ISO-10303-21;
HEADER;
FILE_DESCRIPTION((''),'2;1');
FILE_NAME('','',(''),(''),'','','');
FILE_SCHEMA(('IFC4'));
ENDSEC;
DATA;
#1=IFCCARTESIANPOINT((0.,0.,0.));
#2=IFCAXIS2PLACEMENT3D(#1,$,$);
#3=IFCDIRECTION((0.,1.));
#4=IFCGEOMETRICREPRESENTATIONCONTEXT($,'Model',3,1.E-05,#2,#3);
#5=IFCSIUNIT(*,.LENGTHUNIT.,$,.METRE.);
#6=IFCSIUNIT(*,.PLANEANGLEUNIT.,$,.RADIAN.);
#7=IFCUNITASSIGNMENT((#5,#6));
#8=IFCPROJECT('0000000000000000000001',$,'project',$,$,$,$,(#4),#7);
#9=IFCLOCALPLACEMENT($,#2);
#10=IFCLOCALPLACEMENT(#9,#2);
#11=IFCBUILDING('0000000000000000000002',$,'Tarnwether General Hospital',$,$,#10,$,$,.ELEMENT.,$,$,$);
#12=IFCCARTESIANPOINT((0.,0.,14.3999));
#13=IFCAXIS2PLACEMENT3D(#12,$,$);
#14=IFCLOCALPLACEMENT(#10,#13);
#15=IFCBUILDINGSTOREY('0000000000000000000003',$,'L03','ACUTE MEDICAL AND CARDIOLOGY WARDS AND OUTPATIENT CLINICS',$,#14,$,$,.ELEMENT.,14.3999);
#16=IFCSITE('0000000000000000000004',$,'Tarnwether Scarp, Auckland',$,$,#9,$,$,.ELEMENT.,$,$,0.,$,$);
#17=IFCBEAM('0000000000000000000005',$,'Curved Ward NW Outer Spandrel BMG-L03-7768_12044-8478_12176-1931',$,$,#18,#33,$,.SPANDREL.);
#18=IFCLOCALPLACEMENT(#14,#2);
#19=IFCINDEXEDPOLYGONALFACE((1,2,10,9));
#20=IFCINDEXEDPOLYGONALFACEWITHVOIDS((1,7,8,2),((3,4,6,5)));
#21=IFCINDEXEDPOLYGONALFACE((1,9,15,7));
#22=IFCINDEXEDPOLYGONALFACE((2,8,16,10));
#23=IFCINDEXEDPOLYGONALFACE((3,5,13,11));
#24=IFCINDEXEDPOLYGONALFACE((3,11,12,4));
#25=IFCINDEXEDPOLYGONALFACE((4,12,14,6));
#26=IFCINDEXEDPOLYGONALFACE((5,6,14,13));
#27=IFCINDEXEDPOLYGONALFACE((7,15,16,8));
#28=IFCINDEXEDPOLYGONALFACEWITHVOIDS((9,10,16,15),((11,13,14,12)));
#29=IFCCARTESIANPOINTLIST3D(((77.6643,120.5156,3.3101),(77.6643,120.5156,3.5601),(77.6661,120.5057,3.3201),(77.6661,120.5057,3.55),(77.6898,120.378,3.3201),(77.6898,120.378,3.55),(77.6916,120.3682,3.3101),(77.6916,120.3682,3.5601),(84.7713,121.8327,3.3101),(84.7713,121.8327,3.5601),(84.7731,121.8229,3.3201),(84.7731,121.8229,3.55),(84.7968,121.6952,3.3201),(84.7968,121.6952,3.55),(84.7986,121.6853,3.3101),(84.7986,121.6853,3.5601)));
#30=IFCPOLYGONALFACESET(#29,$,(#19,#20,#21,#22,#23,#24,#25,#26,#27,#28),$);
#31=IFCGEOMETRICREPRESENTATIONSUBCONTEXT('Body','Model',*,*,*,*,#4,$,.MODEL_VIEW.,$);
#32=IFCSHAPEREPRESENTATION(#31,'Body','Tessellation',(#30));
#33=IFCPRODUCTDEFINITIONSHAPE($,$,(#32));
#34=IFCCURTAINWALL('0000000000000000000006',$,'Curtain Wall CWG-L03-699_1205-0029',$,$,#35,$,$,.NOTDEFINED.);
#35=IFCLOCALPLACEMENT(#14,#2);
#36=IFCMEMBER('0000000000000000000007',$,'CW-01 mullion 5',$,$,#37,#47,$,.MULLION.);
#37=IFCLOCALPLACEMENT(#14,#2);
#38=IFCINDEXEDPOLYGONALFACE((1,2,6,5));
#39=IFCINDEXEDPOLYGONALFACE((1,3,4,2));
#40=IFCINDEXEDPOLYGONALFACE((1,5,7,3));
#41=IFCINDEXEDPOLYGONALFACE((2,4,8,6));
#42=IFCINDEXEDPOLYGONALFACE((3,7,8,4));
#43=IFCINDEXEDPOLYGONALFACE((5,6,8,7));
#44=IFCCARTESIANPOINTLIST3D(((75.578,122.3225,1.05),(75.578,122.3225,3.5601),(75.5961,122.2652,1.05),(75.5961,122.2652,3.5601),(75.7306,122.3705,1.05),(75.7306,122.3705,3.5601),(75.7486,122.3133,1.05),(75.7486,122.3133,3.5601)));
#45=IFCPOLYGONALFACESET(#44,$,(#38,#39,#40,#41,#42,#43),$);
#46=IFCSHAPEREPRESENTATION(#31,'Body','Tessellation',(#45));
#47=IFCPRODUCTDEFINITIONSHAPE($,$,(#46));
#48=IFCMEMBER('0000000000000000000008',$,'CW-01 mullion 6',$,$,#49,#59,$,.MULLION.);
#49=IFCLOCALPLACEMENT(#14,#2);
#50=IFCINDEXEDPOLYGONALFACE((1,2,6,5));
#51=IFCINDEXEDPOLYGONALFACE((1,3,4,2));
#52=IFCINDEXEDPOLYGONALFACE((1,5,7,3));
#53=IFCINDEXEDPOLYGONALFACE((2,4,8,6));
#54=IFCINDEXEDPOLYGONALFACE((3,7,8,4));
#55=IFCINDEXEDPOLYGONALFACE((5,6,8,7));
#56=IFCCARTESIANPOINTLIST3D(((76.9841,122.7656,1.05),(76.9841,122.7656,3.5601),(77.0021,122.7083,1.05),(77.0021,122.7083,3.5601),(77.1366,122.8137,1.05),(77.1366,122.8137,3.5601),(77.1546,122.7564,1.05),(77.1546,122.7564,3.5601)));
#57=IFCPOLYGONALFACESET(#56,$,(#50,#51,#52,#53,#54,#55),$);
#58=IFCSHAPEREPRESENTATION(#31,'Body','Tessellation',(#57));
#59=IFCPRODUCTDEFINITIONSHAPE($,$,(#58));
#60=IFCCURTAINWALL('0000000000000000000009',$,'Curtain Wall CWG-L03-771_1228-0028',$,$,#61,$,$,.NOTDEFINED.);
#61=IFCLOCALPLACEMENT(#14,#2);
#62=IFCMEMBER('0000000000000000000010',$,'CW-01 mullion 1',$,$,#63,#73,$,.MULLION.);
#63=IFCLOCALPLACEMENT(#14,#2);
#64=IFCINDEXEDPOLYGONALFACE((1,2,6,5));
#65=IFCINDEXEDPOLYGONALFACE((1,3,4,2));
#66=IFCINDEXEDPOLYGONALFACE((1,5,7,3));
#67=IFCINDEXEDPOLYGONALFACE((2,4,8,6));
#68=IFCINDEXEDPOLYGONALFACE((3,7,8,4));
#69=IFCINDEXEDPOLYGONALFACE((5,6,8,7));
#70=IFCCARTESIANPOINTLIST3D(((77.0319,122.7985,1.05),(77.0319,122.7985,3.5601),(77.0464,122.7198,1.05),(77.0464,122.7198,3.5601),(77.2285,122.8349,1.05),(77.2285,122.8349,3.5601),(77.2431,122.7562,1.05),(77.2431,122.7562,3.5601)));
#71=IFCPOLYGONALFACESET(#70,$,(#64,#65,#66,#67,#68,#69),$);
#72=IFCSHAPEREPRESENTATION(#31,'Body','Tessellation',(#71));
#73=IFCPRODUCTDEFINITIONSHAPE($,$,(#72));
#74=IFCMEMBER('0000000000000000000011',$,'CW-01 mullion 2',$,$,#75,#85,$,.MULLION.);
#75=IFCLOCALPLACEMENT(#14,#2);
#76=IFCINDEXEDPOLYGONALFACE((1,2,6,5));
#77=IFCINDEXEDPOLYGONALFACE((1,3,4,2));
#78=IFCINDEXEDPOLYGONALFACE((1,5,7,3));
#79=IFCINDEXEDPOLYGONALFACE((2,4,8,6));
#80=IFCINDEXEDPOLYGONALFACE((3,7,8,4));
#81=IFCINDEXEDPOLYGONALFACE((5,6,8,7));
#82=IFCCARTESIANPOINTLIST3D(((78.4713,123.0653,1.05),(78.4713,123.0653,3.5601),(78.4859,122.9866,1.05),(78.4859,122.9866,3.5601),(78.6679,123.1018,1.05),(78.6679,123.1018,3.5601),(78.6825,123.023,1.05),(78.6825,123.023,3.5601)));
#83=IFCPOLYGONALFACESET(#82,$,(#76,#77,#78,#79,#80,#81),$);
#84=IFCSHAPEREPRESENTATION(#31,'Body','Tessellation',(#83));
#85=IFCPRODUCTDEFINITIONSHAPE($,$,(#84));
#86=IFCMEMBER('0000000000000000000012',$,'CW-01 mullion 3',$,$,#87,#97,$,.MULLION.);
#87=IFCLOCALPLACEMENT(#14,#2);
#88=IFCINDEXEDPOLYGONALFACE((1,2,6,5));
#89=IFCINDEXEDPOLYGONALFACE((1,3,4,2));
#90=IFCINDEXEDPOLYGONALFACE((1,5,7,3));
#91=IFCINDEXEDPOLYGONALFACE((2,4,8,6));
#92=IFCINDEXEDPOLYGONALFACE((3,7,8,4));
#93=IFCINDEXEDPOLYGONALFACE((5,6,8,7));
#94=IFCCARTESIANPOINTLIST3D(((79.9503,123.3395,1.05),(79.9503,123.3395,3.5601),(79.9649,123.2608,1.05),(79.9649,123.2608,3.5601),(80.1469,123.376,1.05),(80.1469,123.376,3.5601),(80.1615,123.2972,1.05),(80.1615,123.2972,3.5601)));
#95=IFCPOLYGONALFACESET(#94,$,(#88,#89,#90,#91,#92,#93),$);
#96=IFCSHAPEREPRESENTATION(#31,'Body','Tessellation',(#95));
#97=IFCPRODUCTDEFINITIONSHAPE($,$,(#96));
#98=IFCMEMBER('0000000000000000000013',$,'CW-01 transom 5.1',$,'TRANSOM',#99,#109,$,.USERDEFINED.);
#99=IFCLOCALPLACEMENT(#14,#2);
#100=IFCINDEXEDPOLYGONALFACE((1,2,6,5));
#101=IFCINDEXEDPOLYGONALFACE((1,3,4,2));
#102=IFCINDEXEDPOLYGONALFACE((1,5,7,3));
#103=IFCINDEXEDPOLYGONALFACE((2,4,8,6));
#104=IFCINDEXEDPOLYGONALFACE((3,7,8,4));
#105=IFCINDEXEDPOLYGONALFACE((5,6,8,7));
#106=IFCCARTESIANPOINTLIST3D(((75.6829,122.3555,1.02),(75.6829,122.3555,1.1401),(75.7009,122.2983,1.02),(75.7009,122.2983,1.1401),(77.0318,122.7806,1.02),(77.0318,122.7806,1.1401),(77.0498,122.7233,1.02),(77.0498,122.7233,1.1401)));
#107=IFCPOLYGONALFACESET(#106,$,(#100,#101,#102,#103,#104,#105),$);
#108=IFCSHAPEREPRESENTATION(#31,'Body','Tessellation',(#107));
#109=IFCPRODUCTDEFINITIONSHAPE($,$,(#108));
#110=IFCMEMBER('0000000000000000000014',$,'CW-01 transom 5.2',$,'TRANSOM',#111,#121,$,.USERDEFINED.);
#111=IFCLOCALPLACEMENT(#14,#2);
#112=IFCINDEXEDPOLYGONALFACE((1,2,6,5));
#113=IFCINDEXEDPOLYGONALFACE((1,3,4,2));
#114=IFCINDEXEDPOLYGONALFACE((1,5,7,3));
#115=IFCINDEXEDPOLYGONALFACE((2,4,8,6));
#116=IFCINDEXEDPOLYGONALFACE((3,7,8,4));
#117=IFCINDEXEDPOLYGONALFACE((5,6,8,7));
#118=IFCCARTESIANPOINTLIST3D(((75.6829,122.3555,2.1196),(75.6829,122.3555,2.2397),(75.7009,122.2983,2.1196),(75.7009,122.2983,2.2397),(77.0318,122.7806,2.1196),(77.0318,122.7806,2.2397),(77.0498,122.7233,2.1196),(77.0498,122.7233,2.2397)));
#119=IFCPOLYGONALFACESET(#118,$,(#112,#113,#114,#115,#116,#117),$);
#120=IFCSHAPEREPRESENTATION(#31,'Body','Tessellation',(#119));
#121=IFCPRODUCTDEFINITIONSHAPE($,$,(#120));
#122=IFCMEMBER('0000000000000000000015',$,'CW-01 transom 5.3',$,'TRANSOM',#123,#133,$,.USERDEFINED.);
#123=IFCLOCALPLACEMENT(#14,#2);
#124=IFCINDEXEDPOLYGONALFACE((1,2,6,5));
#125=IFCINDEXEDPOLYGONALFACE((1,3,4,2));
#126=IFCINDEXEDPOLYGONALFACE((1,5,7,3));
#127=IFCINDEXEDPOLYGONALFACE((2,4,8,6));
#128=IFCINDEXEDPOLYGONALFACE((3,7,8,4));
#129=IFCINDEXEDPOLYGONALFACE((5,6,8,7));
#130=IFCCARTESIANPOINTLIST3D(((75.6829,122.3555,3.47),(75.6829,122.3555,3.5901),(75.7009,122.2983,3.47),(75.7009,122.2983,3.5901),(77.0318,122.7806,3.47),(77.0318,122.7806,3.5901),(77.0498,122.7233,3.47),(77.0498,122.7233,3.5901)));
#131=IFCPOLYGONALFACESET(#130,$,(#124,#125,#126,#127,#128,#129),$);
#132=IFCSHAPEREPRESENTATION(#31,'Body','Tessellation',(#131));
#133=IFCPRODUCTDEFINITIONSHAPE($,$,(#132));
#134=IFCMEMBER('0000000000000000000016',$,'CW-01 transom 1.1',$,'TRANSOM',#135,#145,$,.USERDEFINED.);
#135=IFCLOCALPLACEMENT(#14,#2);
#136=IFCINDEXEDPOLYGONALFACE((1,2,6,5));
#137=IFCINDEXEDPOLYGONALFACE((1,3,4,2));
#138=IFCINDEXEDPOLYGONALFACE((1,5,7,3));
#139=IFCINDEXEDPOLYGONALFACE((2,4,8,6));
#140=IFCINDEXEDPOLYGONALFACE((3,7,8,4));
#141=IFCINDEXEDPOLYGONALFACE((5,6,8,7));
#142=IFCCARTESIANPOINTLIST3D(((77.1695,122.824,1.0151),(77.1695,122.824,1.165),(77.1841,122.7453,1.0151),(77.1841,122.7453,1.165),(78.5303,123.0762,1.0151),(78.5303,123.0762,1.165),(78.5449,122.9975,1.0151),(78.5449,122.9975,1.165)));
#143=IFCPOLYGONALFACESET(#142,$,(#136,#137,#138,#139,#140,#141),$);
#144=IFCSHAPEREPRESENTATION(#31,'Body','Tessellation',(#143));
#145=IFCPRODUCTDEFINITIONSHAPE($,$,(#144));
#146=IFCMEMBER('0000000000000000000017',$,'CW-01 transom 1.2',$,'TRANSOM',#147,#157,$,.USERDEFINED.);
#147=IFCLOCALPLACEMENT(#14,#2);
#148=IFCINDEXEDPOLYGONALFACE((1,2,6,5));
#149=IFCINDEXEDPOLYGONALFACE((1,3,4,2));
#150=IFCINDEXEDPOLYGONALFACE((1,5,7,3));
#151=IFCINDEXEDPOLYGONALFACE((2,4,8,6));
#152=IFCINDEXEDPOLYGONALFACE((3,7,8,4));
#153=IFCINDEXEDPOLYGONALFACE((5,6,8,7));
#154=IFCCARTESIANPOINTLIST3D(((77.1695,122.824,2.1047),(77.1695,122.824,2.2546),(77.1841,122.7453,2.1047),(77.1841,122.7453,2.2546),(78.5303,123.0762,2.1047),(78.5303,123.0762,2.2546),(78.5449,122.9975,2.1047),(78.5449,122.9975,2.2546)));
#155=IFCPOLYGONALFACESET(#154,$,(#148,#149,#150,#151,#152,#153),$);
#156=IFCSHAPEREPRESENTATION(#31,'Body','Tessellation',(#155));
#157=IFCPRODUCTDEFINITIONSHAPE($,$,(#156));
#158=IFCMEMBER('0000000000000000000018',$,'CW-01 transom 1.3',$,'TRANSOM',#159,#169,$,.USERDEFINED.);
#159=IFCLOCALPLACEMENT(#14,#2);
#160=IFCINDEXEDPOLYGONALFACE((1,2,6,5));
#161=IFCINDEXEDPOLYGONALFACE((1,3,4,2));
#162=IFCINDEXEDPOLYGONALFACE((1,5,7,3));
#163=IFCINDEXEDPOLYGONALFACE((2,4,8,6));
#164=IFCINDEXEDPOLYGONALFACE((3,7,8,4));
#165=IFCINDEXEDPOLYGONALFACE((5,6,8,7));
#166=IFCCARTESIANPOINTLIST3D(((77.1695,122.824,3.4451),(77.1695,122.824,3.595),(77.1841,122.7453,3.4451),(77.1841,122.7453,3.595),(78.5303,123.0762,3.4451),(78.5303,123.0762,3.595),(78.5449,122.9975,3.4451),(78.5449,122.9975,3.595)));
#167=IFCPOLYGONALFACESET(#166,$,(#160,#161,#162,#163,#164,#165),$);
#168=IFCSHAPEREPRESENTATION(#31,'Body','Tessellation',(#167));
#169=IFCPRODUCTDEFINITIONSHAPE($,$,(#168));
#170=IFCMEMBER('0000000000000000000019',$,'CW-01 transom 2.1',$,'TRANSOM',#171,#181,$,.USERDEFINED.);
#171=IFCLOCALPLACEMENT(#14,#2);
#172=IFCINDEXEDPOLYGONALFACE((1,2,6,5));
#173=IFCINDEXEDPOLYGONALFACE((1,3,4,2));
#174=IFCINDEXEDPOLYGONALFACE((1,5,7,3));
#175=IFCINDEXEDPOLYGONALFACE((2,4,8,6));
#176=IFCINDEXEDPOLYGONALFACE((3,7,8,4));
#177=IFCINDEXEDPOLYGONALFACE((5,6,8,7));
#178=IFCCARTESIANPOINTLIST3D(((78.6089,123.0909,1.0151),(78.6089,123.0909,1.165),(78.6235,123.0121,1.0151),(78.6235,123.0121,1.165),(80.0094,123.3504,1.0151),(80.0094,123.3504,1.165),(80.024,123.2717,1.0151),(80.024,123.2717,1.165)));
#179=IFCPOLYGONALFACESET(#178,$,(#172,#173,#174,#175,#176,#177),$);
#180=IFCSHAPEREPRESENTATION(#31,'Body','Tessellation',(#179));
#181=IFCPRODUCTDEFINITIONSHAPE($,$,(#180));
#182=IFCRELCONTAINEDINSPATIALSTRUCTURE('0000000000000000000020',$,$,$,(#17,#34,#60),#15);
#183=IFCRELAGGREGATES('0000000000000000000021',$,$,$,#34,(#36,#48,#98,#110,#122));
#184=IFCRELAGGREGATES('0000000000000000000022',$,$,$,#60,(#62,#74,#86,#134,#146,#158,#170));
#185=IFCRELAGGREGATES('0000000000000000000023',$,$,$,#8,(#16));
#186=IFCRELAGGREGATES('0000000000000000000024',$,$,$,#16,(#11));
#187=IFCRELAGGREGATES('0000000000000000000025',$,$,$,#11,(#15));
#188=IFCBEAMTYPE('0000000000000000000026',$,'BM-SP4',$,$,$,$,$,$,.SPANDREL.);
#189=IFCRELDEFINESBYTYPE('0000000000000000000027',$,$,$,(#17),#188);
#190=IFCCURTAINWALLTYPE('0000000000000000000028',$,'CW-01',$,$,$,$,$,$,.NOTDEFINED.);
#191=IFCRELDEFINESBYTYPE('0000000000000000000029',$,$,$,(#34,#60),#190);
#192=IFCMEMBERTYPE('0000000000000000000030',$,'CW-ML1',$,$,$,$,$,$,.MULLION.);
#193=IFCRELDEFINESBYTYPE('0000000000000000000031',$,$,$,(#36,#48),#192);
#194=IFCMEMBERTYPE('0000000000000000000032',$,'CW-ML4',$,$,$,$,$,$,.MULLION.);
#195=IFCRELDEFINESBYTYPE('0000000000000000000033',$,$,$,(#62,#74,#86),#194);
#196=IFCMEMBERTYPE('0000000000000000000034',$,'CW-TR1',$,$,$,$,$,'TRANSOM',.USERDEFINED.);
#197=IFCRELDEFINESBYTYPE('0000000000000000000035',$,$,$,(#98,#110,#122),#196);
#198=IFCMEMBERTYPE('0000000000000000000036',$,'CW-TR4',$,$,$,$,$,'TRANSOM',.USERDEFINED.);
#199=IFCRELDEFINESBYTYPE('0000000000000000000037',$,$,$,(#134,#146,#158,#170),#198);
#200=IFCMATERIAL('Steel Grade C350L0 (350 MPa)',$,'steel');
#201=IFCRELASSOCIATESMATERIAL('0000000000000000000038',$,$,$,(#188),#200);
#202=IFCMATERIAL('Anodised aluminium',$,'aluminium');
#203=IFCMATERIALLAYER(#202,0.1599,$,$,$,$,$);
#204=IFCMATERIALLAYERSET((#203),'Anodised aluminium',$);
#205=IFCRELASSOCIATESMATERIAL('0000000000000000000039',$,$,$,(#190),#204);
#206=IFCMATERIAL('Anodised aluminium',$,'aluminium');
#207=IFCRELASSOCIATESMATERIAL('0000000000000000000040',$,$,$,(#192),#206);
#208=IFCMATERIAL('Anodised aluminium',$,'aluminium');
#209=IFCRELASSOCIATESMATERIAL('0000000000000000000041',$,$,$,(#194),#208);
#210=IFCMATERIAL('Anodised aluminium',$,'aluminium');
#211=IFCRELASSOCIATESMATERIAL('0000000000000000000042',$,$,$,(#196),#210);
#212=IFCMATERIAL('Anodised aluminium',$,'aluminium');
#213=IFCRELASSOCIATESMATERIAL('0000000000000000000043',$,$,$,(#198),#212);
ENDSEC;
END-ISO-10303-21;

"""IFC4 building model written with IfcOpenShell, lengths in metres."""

from ifc_helpers import new_model, si_unit, direction, frame, origin, origin_2d, place, context, subcontext, project, spatial, rectangle, hollow_rectangle, extrude, material, layer, layer_set, material_profile, profile_set, type_object, element, aggregate, save


model = new_model("IFC4")

# Units and contexts
model_context = context("Model", 3, precision=1e-05, world=origin(), true_north=direction((0.0, 1.0)))
body_context = subcontext(model_context, "Body", "Model", "MODEL_VIEW")
ifc_project = project(units=[si_unit("LENGTHUNIT", "METRE"), si_unit("PLANEANGLEUNIT", "RADIAN")], contexts=[model_context])

# Site, building, storey
site_placement = place(None, origin())
site = spatial("IfcSite", under=ifc_project, at=site_placement, Name="Tarnwether Scarp, Auckland", CompositionType="ELEMENT", RefElevation=0.0)
building_placement = place(site_placement, origin())
building = spatial("IfcBuilding", under=site, at=building_placement, Name="Tarnwether General Hospital", CompositionType="ELEMENT")
storey_placement = place(building_placement, frame((0.0, 0.0, 14.3999)))
storey = spatial("IfcBuildingStorey", under=building, at=storey_placement, Name="L03", Description="ACUTE MEDICAL AND CARDIOLOGY WARDS AND OUTPATIENT CLINICS", CompositionType="ELEMENT", Elevation=14.3999)

# Beam
ifc_material_1 = material(Name="Steel Grade C350L0 (350 MPa)", Category="steel")
ifc_material_profile_1 = material_profile(ifc_material_1, hollow_rectangle(XDim=0.1499, YDim=0.25, WallThickness=0.01, at=origin_2d()), Name="RHS250x150x10")
ifc_profile_set_1 = profile_set([ifc_material_profile_1], Name="Steel Grade C350L0 (350 MPa)")
beam_type = type_object("IfcBeamType", Name="BM-SP4", PredefinedType="SPANDREL", material=ifc_profile_set_1)
beam_placement = place(storey_placement, frame((77.678, 120.4419, 3.4351), z_axis=(0.983256, 0.182228, 0.0), x_axis=(-0.182228, 0.983256, 0.0)))
element("IfcBeam", 1, at=beam_placement, inside=storey, type_object=beam_type, Name="Curved Ward NW Outer Spandrel BMG-L03-7768_12044-8478_12176-1931", PredefinedType="SPANDREL", context=body_context, shape_type="SweptSolid", body=[
    extrude(hollow_rectangle(XDim=0.1499, YDim=0.25, WallThickness=0.01, at=origin_2d()), origin(), (0.0, 0.0, 1.0), 7.228),
])

# Curtain walls, members
ifc_material_2 = material(Name="Anodised aluminium", Category="aluminium")
ifc_layer_1 = layer(ifc_material_2, 0.1599)
ifc_layer_set_1 = layer_set([ifc_layer_1], Name="Anodised aluminium")
curtain_wall_type = type_object("IfcCurtainWallType", Name="CW-01", PredefinedType="NOTDEFINED", material=ifc_layer_set_1)
curtain_wall_1_placement = place(storey_placement, origin())
curtain_wall_1 = element("IfcCurtainWall", 2, at=curtain_wall_1_placement, inside=storey, type_object=curtain_wall_type, Name="Curtain Wall CWG-L03-699_1205-0029", PredefinedType="NOTDEFINED")
ifc_material_3 = material(Name="Anodised aluminium", Category="aluminium")
ifc_material_profile_2 = material_profile(ifc_material_3, rectangle(XDim=0.0601, YDim=0.1599, at=origin_2d()), Name="ALU-MUL-60x160")
ifc_profile_set_2 = profile_set([ifc_material_profile_2], Name="Anodised aluminium")
member_type_1 = type_object("IfcMemberType", Name="CW-ML1", PredefinedType="MULLION", material=ifc_profile_set_2)
member_1_placement = place(storey_placement, frame((75.6633, 122.3179, 1.05), z_axis=(0.0, 0.0, 1.0), x_axis=(-0.300629, 0.953741, 0.0)))
member_1 = element("IfcMember", 3, at=member_1_placement, type_object=member_type_1, Name="CW-01 mullion 5", PredefinedType="MULLION", context=body_context, shape_type="SweptSolid", body=[
    extrude(rectangle(XDim=0.0601, YDim=0.1599, at=origin_2d()), origin(), (0.0, 0.0, 1.0), 2.51),
])
member_2_placement = place(storey_placement, frame((77.0693, 122.761, 1.05), z_axis=(0.0, 0.0, 1.0), x_axis=(-0.300629, 0.953741, 0.0)))
member_2 = element("IfcMember", 4, at=member_2_placement, type_object=member_type_1, Name="CW-01 mullion 6", PredefinedType="MULLION", context=body_context, shape_type="SweptSolid", body=[
    extrude(rectangle(XDim=0.0601, YDim=0.1599, at=origin_2d()), origin(), (0.0, 0.0, 1.0), 2.51),
])
curtain_wall_2_placement = place(storey_placement, origin())
curtain_wall_2 = element("IfcCurtainWall", 5, at=curtain_wall_2_placement, inside=storey, type_object=curtain_wall_type, Name="Curtain Wall CWG-L03-771_1228-0028", PredefinedType="NOTDEFINED")
ifc_material_4 = material(Name="Anodised aluminium", Category="aluminium")
ifc_material_profile_3 = material_profile(ifc_material_4, rectangle(XDim=0.0801, YDim=0.2, at=origin_2d()), Name="ALU-MUL-80x200")
ifc_profile_set_3 = profile_set([ifc_material_profile_3], Name="Anodised aluminium")
member_type_2 = type_object("IfcMemberType", Name="CW-ML4", PredefinedType="MULLION", material=ifc_profile_set_3)
member_3_placement = place(storey_placement, frame((77.1375, 122.7773, 1.05), z_axis=(0.0, 0.0, 1.0), x_axis=(-0.182289, 0.983245, 0.0)))
member_3 = element("IfcMember", 6, at=member_3_placement, type_object=member_type_2, Name="CW-01 mullion 1", PredefinedType="MULLION", context=body_context, shape_type="SweptSolid", body=[
    extrude(rectangle(XDim=0.0801, YDim=0.2, at=origin_2d()), origin(), (0.0, 0.0, 1.0), 2.51),
])
member_4_placement = place(storey_placement, frame((78.5769, 123.0442, 1.05), z_axis=(0.0, 0.0, 1.0), x_axis=(-0.182289, 0.983245, 0.0)))
member_4 = element("IfcMember", 7, at=member_4_placement, type_object=member_type_2, Name="CW-01 mullion 2", PredefinedType="MULLION", context=body_context, shape_type="SweptSolid", body=[
    extrude(rectangle(XDim=0.0801, YDim=0.2, at=origin_2d()), origin(), (0.0, 0.0, 1.0), 2.51),
])
member_5_placement = place(storey_placement, frame((80.0559, 123.3184, 1.05), z_axis=(0.0, 0.0, 1.0), x_axis=(-0.182289, 0.983245, 0.0)))
member_5 = element("IfcMember", 8, at=member_5_placement, type_object=member_type_2, Name="CW-01 mullion 3", PredefinedType="MULLION", context=body_context, shape_type="SweptSolid", body=[
    extrude(rectangle(XDim=0.0801, YDim=0.2, at=origin_2d()), origin(), (0.0, 0.0, 1.0), 2.51),
])

# Members
ifc_material_5 = material(Name="Anodised aluminium", Category="aluminium")
ifc_material_profile_4 = material_profile(ifc_material_5, rectangle(XDim=0.0601, YDim=0.1201, at=origin_2d()), Name="ALU-TRN-60x120")
ifc_profile_set_4 = profile_set([ifc_material_profile_4], Name="Anodised aluminium")
member_type_3 = type_object("IfcMemberType", Name="CW-TR1", ElementType="TRANSOM", PredefinedType="USERDEFINED", material=ifc_profile_set_4)
member_6_placement = place(storey_placement, frame((75.6919, 122.3269, 1.0801), z_axis=(0.953768, 0.300545, 0.0), x_axis=(-0.300545, 0.953768, 0.0)))
member_6 = element("IfcMember", 9, at=member_6_placement, type_object=member_type_3, Name="CW-01 transom 5.1", ObjectType="TRANSOM", PredefinedType="USERDEFINED", context=body_context, shape_type="SweptSolid", body=[
    extrude(rectangle(XDim=0.0601, YDim=0.1201, at=origin_2d()), origin(), (0.0, 0.0, 1.0), 1.4143),
])
member_7_placement = place(storey_placement, frame((75.6919, 122.3269, 2.1797), z_axis=(0.953768, 0.300545, 0.0), x_axis=(-0.300545, 0.953768, 0.0)))
member_7 = element("IfcMember", 10, at=member_7_placement, type_object=member_type_3, Name="CW-01 transom 5.2", ObjectType="TRANSOM", PredefinedType="USERDEFINED", context=body_context, shape_type="SweptSolid", body=[
    extrude(rectangle(XDim=0.0601, YDim=0.1201, at=origin_2d()), origin(), (0.0, 0.0, 1.0), 1.4143),
])
member_8_placement = place(storey_placement, frame((75.6919, 122.3269, 3.53), z_axis=(0.953768, 0.300545, 0.0), x_axis=(-0.300545, 0.953768, 0.0)))
member_8 = element("IfcMember", 11, at=member_8_placement, type_object=member_type_3, Name="CW-01 transom 5.3", ObjectType="TRANSOM", PredefinedType="USERDEFINED", context=body_context, shape_type="SweptSolid", body=[
    extrude(rectangle(XDim=0.0601, YDim=0.1201, at=origin_2d()), origin(), (0.0, 0.0, 1.0), 1.4143),
])
ifc_material_6 = material(Name="Anodised aluminium", Category="aluminium")
ifc_material_profile_5 = material_profile(ifc_material_6, rectangle(XDim=0.0801, YDim=0.1499, at=origin_2d()), Name="ALU-TRN-80x150")
ifc_profile_set_5 = profile_set([ifc_material_profile_5], Name="Anodised aluminium")
member_type_4 = type_object("IfcMemberType", Name="CW-TR4", ElementType="TRANSOM", PredefinedType="USERDEFINED", material=ifc_profile_set_5)
member_9_placement = place(storey_placement, frame((77.1768, 122.7847, 1.0901), z_axis=(0.983257, 0.182222, 0.0), x_axis=(-0.182222, 0.983257, 0.0)))
member_9 = element("IfcMember", 12, at=member_9_placement, type_object=member_type_4, Name="CW-01 transom 1.1", ObjectType="TRANSOM", PredefinedType="USERDEFINED", context=body_context, shape_type="SweptSolid", body=[
    extrude(rectangle(XDim=0.0801, YDim=0.1499, at=origin_2d()), origin(), (0.0, 0.0, 1.0), 1.384),
])
member_10_placement = place(storey_placement, frame((77.1768, 122.7847, 2.1797), z_axis=(0.983257, 0.182222, 0.0), x_axis=(-0.182222, 0.983257, 0.0)))
member_10 = element("IfcMember", 13, at=member_10_placement, type_object=member_type_4, Name="CW-01 transom 1.2", ObjectType="TRANSOM", PredefinedType="USERDEFINED", context=body_context, shape_type="SweptSolid", body=[
    extrude(rectangle(XDim=0.0801, YDim=0.1499, at=origin_2d()), origin(), (0.0, 0.0, 1.0), 1.384),
])
member_11_placement = place(storey_placement, frame((77.1768, 122.7847, 3.52), z_axis=(0.983257, 0.182222, 0.0), x_axis=(-0.182222, 0.983257, 0.0)))
member_11 = element("IfcMember", 14, at=member_11_placement, type_object=member_type_4, Name="CW-01 transom 1.3", ObjectType="TRANSOM", PredefinedType="USERDEFINED", context=body_context, shape_type="SweptSolid", body=[
    extrude(rectangle(XDim=0.0801, YDim=0.1499, at=origin_2d()), origin(), (0.0, 0.0, 1.0), 1.384),
])
member_12_placement = place(storey_placement, frame((78.6162, 123.0515, 1.0901), z_axis=(0.983258, 0.182218, 0.0), x_axis=(-0.182218, 0.983258, 0.0)))
member_12 = element("IfcMember", 15, at=member_12_placement, type_object=member_type_4, Name="CW-01 transom 2.1", ObjectType="TRANSOM", PredefinedType="USERDEFINED", context=body_context, shape_type="SweptSolid", body=[
    extrude(rectangle(XDim=0.0801, YDim=0.1499, at=origin_2d()), origin(), (0.0, 0.0, 1.0), 1.4243),
])

aggregate(curtain_wall_1, [member_1, member_2, member_6, member_7, member_8])
aggregate(curtain_wall_2, [member_3, member_4, member_5, member_9, member_10, member_11, member_12])

save(model, "model.ifc")
